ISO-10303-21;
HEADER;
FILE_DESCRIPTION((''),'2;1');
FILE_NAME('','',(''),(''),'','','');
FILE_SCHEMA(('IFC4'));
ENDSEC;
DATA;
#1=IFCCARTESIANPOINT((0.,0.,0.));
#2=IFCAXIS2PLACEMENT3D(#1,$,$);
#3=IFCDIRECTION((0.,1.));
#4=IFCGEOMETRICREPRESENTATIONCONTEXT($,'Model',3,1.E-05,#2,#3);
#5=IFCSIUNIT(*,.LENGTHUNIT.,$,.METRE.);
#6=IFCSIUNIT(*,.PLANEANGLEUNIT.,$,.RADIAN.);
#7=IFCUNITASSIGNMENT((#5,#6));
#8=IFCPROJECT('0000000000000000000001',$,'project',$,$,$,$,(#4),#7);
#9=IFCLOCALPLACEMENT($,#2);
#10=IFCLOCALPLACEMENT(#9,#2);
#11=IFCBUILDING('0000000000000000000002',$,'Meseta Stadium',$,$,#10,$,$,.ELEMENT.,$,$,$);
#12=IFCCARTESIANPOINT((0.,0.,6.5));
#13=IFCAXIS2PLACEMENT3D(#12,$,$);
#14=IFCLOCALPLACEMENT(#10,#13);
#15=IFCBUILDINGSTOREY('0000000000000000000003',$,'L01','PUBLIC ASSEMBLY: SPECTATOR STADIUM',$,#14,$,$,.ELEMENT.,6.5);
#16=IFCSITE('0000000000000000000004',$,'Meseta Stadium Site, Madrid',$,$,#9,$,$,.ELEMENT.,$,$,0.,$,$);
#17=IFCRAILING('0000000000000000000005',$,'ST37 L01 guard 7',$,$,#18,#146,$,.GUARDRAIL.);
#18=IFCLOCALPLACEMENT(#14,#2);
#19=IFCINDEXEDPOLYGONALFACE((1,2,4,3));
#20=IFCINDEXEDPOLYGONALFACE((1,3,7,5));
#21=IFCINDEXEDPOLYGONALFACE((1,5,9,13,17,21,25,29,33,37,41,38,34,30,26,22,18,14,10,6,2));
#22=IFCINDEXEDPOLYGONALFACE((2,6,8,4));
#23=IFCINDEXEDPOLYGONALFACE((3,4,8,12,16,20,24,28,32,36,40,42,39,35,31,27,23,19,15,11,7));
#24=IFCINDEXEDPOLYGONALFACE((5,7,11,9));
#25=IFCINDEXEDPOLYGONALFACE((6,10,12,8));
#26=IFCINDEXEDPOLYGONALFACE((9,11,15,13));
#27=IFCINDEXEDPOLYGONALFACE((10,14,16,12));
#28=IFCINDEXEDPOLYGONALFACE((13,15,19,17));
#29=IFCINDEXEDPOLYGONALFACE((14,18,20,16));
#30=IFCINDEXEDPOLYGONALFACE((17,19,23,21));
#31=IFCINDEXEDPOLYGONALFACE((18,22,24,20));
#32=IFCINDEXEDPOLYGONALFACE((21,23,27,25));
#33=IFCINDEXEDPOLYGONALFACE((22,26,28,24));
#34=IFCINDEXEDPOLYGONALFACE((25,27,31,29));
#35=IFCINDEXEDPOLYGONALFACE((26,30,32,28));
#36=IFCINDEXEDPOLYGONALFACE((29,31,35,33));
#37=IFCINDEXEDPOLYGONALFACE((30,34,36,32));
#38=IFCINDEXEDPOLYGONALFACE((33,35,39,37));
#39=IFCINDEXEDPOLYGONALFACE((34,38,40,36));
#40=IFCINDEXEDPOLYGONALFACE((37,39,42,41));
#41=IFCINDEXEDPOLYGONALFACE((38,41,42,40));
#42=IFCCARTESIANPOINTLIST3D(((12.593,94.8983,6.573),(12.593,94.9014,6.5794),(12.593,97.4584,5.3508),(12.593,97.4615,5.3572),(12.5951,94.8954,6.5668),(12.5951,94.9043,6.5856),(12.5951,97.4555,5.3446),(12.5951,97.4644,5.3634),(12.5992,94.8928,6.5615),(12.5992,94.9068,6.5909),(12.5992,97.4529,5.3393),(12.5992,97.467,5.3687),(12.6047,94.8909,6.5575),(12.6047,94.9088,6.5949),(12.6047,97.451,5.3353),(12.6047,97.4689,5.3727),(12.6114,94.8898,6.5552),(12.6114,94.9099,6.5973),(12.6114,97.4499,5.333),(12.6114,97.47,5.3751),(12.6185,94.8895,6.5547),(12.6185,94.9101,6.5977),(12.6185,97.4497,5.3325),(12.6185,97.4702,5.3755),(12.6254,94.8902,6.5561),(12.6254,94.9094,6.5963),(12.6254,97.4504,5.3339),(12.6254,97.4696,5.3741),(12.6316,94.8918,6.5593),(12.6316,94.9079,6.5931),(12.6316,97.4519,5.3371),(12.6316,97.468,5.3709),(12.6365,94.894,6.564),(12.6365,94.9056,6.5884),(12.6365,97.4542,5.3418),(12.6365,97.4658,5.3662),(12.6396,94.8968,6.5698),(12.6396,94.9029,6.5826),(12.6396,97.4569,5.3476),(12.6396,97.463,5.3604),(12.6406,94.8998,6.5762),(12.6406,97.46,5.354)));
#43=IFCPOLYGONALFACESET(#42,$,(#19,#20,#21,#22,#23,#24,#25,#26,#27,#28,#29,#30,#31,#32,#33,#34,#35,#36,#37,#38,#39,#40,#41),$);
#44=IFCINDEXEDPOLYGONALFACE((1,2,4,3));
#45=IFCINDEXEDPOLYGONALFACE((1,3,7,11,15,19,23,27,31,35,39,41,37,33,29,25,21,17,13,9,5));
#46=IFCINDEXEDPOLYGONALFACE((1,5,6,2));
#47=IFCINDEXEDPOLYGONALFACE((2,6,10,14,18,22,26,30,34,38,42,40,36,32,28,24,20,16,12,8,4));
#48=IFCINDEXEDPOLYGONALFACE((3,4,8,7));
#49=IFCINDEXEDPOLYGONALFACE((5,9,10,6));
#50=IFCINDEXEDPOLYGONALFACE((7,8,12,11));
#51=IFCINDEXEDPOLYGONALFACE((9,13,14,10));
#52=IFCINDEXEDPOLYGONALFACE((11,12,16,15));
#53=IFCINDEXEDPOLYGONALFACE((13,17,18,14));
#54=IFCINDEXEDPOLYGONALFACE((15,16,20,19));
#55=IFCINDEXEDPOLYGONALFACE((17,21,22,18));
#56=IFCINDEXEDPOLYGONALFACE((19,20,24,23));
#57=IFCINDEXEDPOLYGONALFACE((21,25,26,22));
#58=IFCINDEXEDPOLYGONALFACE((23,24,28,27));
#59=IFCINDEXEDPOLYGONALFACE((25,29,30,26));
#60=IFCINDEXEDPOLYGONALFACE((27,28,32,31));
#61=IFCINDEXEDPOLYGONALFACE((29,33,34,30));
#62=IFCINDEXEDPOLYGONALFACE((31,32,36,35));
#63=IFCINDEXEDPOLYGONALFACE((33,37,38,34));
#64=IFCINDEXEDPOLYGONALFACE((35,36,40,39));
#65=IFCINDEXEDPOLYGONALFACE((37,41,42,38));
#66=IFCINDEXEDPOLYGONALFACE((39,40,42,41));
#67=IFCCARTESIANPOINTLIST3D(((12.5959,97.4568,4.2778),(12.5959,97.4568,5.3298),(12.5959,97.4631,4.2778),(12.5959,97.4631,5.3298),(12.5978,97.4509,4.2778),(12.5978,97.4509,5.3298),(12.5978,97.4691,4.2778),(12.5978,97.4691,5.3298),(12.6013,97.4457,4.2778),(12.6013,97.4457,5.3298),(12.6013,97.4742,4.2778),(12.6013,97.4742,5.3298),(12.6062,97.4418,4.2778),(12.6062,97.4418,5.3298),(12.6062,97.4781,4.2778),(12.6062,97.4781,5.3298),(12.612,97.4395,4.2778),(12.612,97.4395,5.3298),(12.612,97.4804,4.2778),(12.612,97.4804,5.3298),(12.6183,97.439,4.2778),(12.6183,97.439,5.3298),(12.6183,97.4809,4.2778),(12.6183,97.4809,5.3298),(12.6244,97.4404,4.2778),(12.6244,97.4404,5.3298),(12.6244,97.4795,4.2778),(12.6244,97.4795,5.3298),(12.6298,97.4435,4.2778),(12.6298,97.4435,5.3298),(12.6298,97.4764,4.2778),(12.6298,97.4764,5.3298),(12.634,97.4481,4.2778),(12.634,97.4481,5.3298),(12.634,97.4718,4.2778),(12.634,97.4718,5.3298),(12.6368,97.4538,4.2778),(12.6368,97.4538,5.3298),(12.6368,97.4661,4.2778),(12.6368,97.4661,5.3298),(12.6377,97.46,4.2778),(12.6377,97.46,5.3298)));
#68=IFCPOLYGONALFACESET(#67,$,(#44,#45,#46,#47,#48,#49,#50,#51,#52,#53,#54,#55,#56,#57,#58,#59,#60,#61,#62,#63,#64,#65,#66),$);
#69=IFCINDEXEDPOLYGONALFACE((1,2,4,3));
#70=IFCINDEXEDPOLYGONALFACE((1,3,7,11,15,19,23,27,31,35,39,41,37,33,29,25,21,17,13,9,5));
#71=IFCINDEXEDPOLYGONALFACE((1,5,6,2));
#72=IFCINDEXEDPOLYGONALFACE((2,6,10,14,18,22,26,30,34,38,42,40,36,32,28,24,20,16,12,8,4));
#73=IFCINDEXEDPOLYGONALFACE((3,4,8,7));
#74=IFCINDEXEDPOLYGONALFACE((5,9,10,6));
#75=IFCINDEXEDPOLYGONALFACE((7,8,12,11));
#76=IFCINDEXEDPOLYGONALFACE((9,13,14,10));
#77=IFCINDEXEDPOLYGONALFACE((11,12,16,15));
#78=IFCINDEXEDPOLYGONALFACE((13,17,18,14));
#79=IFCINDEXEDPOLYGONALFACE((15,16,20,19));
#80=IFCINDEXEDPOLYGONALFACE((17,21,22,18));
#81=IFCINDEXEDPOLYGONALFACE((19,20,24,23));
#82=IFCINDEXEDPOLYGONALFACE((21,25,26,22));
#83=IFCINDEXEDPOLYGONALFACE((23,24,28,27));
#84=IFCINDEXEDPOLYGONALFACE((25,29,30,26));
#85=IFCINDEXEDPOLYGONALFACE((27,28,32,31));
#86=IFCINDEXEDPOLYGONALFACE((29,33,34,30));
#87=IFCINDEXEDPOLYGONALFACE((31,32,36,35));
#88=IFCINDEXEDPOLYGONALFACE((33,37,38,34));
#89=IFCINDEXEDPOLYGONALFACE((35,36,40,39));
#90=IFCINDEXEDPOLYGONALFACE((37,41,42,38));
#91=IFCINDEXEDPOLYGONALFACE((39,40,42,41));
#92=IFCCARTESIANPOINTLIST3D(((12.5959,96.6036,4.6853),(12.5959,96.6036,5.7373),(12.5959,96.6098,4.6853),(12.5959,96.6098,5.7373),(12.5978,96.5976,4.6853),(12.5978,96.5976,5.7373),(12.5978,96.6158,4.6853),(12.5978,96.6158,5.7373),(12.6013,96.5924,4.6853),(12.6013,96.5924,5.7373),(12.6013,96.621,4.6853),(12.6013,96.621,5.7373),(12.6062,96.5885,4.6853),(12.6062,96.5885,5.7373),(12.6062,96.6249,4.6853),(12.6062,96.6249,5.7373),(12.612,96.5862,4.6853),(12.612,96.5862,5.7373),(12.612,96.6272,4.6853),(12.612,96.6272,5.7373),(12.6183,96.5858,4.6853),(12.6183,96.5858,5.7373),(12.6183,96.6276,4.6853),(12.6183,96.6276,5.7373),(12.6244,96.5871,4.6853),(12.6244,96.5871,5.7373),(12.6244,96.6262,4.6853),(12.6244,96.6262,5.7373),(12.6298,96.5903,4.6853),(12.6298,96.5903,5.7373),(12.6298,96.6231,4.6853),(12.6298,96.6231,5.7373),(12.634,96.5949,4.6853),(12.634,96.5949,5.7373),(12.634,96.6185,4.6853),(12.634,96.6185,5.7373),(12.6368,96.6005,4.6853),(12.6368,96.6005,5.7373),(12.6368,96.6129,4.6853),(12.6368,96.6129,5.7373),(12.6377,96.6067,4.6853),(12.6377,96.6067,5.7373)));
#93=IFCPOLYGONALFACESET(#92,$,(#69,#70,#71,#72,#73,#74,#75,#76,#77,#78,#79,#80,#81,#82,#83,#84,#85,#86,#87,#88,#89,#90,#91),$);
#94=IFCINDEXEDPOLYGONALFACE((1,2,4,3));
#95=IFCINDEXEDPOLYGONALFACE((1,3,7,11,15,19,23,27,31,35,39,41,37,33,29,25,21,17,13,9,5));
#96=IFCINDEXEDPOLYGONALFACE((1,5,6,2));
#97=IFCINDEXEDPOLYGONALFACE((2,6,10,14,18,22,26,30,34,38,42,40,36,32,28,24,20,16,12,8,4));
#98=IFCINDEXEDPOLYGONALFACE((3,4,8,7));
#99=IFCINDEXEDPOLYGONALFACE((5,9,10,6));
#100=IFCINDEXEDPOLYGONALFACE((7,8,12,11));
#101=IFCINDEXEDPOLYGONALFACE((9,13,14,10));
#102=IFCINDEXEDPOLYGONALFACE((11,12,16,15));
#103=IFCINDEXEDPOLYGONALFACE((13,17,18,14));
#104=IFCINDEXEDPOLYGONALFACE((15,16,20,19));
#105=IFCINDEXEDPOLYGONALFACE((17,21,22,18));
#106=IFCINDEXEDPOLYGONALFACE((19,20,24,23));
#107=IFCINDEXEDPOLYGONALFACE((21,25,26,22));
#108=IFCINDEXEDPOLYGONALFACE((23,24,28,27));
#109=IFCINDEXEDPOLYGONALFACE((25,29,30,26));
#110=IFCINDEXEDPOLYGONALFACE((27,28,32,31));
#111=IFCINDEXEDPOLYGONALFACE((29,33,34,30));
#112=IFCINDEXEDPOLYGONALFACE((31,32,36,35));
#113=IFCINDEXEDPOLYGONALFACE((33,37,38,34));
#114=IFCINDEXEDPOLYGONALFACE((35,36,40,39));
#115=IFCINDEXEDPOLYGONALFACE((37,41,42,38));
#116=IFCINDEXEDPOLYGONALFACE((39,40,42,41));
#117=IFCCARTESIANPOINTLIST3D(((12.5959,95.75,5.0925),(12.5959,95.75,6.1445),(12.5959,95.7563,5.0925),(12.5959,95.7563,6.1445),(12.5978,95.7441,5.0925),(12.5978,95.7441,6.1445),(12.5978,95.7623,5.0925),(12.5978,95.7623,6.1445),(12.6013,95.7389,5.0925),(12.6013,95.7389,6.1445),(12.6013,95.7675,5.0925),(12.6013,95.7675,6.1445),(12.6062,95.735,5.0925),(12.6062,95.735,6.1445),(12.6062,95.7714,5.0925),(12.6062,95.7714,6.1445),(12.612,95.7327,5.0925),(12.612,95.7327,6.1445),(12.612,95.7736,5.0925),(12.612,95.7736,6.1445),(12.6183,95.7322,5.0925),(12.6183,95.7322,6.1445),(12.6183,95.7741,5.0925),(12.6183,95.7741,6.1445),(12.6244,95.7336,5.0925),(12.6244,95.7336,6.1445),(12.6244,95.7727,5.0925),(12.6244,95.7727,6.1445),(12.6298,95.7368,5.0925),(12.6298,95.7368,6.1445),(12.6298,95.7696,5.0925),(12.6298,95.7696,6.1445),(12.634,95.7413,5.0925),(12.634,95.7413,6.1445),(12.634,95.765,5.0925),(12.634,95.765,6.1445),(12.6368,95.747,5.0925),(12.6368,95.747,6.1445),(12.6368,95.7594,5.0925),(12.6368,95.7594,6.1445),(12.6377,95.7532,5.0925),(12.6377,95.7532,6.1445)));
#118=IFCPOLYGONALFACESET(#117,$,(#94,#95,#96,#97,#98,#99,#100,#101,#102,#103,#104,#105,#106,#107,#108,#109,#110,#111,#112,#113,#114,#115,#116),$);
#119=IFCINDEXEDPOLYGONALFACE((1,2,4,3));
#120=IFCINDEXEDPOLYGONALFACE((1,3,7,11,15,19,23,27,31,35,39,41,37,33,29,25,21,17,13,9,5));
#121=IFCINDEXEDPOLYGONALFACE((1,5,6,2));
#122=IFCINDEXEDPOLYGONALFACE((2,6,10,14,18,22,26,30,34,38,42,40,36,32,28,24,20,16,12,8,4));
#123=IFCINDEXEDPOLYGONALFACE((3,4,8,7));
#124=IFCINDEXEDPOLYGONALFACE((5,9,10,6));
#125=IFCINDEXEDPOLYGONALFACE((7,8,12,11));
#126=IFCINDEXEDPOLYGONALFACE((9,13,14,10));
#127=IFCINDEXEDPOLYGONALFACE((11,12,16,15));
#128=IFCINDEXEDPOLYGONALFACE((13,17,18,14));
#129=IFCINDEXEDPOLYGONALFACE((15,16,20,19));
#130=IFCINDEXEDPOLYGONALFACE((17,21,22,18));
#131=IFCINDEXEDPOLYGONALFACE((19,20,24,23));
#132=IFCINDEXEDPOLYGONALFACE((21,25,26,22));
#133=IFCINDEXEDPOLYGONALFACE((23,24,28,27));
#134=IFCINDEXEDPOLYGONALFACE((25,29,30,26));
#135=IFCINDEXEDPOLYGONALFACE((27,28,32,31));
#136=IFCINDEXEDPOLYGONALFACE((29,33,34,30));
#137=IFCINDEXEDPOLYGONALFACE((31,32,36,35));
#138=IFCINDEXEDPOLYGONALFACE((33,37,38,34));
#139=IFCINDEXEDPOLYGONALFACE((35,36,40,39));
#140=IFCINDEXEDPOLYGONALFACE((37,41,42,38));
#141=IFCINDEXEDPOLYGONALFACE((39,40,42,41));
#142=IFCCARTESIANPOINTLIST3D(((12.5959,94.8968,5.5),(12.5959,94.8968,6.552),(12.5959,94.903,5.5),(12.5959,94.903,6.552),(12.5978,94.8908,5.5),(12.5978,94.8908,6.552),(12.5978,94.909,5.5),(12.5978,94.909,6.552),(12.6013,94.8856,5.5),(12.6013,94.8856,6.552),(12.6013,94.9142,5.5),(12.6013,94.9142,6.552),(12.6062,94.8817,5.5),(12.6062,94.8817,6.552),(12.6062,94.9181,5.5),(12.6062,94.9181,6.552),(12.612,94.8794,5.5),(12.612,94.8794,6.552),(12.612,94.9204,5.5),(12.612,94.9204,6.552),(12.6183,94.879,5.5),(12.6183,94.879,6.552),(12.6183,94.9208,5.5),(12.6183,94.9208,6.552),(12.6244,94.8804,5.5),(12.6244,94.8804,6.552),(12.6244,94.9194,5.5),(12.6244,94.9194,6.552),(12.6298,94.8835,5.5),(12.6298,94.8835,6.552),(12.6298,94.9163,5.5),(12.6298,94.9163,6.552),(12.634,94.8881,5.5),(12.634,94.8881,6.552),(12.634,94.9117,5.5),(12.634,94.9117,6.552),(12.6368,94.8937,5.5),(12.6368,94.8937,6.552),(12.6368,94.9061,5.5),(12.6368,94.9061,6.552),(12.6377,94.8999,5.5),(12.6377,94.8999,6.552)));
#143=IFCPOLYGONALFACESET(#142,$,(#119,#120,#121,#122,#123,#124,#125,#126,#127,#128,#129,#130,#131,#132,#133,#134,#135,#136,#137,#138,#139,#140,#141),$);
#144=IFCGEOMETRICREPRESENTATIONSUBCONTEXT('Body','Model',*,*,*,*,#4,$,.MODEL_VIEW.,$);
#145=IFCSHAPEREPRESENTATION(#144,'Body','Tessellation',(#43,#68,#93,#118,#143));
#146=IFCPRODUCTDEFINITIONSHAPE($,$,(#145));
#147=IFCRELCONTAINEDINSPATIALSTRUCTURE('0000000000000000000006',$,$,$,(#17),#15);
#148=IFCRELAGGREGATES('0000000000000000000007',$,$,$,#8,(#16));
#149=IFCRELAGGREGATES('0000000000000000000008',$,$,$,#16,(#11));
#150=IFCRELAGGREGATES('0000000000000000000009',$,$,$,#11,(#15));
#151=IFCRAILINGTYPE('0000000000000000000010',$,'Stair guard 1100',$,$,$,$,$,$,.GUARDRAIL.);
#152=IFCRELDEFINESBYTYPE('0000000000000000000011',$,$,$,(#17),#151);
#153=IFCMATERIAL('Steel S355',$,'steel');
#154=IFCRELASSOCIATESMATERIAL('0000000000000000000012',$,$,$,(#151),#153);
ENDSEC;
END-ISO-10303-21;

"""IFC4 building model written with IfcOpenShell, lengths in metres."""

from ifc_helpers import new_model, si_unit, direction, frame, origin, origin_2d, place, context, subcontext, project, spatial, circle, extrude, material, type_object, element, save


model = new_model("IFC4")

# Units and contexts
model_context = context("Model", 3, precision=1e-05, world=origin(), true_north=direction((0.0, 1.0)))
body_context = subcontext(model_context, "Body", "Model", "MODEL_VIEW")
ifc_project = project(units=[si_unit("LENGTHUNIT", "METRE"), si_unit("PLANEANGLEUNIT", "RADIAN")], contexts=[model_context])

# Site, building, storey
site_placement = place(None, origin())
site = spatial("IfcSite", under=ifc_project, at=site_placement, Name="Meseta Stadium Site, Madrid", CompositionType="ELEMENT", RefElevation=0.0)
building_placement = place(site_placement, origin())
building = spatial("IfcBuilding", under=site, at=building_placement, Name="Meseta Stadium", CompositionType="ELEMENT")
storey_placement = place(building_placement, frame((0.0, 0.0, 6.5)))
storey = spatial("IfcBuildingStorey", under=building, at=storey_placement, Name="L01", Description="PUBLIC ASSEMBLY: SPECTATOR STADIUM", CompositionType="ELEMENT", Elevation=6.5)

# Railing
ifc_material_1 = material(Name="Steel S355", Category="steel")
railing_type_1 = type_object("IfcRailingType", Name="Stair guard 1100", PredefinedType="GUARDRAIL", material=ifc_material_1)
railing_1_placement = place(storey_placement, frame((12.6167, 97.46, 4.2778)))
element("IfcRailing", 1, at=railing_1_placement, inside=storey, type_object=railing_type_1, Name="ST37 L01 guard 7", PredefinedType="GUARDRAIL", context=body_context, shape_type="SweptSolid", body=[
    extrude(circle(Radius=0.0239, at=origin_2d()), frame((0.0, 0.0, 1.0762), z_axis=(0.0, -0.902437, 0.430822), x_axis=(1.0, 0.0, 0.0)), (0.0, 0.0, 1.0), 2.8369),
    extrude(circle(Radius=0.021, at=origin_2d()), origin(), (0.0, 0.0, 1.0), 1.052),
    extrude(circle(Radius=0.021, at=origin_2d()), frame((0.0, -0.8533, 0.4075)), (0.0, 0.0, 1.0), 1.052),
    extrude(circle(Radius=0.021, at=origin_2d()), frame((0.0, -1.7068, 0.8147)), (0.0, 0.0, 1.0), 1.052),
    extrude(circle(Radius=0.021, at=origin_2d()), frame((0.0, -2.5601, 1.2222)), (0.0, 0.0, 1.0), 1.052),
])

save(model, "model.ifc")
